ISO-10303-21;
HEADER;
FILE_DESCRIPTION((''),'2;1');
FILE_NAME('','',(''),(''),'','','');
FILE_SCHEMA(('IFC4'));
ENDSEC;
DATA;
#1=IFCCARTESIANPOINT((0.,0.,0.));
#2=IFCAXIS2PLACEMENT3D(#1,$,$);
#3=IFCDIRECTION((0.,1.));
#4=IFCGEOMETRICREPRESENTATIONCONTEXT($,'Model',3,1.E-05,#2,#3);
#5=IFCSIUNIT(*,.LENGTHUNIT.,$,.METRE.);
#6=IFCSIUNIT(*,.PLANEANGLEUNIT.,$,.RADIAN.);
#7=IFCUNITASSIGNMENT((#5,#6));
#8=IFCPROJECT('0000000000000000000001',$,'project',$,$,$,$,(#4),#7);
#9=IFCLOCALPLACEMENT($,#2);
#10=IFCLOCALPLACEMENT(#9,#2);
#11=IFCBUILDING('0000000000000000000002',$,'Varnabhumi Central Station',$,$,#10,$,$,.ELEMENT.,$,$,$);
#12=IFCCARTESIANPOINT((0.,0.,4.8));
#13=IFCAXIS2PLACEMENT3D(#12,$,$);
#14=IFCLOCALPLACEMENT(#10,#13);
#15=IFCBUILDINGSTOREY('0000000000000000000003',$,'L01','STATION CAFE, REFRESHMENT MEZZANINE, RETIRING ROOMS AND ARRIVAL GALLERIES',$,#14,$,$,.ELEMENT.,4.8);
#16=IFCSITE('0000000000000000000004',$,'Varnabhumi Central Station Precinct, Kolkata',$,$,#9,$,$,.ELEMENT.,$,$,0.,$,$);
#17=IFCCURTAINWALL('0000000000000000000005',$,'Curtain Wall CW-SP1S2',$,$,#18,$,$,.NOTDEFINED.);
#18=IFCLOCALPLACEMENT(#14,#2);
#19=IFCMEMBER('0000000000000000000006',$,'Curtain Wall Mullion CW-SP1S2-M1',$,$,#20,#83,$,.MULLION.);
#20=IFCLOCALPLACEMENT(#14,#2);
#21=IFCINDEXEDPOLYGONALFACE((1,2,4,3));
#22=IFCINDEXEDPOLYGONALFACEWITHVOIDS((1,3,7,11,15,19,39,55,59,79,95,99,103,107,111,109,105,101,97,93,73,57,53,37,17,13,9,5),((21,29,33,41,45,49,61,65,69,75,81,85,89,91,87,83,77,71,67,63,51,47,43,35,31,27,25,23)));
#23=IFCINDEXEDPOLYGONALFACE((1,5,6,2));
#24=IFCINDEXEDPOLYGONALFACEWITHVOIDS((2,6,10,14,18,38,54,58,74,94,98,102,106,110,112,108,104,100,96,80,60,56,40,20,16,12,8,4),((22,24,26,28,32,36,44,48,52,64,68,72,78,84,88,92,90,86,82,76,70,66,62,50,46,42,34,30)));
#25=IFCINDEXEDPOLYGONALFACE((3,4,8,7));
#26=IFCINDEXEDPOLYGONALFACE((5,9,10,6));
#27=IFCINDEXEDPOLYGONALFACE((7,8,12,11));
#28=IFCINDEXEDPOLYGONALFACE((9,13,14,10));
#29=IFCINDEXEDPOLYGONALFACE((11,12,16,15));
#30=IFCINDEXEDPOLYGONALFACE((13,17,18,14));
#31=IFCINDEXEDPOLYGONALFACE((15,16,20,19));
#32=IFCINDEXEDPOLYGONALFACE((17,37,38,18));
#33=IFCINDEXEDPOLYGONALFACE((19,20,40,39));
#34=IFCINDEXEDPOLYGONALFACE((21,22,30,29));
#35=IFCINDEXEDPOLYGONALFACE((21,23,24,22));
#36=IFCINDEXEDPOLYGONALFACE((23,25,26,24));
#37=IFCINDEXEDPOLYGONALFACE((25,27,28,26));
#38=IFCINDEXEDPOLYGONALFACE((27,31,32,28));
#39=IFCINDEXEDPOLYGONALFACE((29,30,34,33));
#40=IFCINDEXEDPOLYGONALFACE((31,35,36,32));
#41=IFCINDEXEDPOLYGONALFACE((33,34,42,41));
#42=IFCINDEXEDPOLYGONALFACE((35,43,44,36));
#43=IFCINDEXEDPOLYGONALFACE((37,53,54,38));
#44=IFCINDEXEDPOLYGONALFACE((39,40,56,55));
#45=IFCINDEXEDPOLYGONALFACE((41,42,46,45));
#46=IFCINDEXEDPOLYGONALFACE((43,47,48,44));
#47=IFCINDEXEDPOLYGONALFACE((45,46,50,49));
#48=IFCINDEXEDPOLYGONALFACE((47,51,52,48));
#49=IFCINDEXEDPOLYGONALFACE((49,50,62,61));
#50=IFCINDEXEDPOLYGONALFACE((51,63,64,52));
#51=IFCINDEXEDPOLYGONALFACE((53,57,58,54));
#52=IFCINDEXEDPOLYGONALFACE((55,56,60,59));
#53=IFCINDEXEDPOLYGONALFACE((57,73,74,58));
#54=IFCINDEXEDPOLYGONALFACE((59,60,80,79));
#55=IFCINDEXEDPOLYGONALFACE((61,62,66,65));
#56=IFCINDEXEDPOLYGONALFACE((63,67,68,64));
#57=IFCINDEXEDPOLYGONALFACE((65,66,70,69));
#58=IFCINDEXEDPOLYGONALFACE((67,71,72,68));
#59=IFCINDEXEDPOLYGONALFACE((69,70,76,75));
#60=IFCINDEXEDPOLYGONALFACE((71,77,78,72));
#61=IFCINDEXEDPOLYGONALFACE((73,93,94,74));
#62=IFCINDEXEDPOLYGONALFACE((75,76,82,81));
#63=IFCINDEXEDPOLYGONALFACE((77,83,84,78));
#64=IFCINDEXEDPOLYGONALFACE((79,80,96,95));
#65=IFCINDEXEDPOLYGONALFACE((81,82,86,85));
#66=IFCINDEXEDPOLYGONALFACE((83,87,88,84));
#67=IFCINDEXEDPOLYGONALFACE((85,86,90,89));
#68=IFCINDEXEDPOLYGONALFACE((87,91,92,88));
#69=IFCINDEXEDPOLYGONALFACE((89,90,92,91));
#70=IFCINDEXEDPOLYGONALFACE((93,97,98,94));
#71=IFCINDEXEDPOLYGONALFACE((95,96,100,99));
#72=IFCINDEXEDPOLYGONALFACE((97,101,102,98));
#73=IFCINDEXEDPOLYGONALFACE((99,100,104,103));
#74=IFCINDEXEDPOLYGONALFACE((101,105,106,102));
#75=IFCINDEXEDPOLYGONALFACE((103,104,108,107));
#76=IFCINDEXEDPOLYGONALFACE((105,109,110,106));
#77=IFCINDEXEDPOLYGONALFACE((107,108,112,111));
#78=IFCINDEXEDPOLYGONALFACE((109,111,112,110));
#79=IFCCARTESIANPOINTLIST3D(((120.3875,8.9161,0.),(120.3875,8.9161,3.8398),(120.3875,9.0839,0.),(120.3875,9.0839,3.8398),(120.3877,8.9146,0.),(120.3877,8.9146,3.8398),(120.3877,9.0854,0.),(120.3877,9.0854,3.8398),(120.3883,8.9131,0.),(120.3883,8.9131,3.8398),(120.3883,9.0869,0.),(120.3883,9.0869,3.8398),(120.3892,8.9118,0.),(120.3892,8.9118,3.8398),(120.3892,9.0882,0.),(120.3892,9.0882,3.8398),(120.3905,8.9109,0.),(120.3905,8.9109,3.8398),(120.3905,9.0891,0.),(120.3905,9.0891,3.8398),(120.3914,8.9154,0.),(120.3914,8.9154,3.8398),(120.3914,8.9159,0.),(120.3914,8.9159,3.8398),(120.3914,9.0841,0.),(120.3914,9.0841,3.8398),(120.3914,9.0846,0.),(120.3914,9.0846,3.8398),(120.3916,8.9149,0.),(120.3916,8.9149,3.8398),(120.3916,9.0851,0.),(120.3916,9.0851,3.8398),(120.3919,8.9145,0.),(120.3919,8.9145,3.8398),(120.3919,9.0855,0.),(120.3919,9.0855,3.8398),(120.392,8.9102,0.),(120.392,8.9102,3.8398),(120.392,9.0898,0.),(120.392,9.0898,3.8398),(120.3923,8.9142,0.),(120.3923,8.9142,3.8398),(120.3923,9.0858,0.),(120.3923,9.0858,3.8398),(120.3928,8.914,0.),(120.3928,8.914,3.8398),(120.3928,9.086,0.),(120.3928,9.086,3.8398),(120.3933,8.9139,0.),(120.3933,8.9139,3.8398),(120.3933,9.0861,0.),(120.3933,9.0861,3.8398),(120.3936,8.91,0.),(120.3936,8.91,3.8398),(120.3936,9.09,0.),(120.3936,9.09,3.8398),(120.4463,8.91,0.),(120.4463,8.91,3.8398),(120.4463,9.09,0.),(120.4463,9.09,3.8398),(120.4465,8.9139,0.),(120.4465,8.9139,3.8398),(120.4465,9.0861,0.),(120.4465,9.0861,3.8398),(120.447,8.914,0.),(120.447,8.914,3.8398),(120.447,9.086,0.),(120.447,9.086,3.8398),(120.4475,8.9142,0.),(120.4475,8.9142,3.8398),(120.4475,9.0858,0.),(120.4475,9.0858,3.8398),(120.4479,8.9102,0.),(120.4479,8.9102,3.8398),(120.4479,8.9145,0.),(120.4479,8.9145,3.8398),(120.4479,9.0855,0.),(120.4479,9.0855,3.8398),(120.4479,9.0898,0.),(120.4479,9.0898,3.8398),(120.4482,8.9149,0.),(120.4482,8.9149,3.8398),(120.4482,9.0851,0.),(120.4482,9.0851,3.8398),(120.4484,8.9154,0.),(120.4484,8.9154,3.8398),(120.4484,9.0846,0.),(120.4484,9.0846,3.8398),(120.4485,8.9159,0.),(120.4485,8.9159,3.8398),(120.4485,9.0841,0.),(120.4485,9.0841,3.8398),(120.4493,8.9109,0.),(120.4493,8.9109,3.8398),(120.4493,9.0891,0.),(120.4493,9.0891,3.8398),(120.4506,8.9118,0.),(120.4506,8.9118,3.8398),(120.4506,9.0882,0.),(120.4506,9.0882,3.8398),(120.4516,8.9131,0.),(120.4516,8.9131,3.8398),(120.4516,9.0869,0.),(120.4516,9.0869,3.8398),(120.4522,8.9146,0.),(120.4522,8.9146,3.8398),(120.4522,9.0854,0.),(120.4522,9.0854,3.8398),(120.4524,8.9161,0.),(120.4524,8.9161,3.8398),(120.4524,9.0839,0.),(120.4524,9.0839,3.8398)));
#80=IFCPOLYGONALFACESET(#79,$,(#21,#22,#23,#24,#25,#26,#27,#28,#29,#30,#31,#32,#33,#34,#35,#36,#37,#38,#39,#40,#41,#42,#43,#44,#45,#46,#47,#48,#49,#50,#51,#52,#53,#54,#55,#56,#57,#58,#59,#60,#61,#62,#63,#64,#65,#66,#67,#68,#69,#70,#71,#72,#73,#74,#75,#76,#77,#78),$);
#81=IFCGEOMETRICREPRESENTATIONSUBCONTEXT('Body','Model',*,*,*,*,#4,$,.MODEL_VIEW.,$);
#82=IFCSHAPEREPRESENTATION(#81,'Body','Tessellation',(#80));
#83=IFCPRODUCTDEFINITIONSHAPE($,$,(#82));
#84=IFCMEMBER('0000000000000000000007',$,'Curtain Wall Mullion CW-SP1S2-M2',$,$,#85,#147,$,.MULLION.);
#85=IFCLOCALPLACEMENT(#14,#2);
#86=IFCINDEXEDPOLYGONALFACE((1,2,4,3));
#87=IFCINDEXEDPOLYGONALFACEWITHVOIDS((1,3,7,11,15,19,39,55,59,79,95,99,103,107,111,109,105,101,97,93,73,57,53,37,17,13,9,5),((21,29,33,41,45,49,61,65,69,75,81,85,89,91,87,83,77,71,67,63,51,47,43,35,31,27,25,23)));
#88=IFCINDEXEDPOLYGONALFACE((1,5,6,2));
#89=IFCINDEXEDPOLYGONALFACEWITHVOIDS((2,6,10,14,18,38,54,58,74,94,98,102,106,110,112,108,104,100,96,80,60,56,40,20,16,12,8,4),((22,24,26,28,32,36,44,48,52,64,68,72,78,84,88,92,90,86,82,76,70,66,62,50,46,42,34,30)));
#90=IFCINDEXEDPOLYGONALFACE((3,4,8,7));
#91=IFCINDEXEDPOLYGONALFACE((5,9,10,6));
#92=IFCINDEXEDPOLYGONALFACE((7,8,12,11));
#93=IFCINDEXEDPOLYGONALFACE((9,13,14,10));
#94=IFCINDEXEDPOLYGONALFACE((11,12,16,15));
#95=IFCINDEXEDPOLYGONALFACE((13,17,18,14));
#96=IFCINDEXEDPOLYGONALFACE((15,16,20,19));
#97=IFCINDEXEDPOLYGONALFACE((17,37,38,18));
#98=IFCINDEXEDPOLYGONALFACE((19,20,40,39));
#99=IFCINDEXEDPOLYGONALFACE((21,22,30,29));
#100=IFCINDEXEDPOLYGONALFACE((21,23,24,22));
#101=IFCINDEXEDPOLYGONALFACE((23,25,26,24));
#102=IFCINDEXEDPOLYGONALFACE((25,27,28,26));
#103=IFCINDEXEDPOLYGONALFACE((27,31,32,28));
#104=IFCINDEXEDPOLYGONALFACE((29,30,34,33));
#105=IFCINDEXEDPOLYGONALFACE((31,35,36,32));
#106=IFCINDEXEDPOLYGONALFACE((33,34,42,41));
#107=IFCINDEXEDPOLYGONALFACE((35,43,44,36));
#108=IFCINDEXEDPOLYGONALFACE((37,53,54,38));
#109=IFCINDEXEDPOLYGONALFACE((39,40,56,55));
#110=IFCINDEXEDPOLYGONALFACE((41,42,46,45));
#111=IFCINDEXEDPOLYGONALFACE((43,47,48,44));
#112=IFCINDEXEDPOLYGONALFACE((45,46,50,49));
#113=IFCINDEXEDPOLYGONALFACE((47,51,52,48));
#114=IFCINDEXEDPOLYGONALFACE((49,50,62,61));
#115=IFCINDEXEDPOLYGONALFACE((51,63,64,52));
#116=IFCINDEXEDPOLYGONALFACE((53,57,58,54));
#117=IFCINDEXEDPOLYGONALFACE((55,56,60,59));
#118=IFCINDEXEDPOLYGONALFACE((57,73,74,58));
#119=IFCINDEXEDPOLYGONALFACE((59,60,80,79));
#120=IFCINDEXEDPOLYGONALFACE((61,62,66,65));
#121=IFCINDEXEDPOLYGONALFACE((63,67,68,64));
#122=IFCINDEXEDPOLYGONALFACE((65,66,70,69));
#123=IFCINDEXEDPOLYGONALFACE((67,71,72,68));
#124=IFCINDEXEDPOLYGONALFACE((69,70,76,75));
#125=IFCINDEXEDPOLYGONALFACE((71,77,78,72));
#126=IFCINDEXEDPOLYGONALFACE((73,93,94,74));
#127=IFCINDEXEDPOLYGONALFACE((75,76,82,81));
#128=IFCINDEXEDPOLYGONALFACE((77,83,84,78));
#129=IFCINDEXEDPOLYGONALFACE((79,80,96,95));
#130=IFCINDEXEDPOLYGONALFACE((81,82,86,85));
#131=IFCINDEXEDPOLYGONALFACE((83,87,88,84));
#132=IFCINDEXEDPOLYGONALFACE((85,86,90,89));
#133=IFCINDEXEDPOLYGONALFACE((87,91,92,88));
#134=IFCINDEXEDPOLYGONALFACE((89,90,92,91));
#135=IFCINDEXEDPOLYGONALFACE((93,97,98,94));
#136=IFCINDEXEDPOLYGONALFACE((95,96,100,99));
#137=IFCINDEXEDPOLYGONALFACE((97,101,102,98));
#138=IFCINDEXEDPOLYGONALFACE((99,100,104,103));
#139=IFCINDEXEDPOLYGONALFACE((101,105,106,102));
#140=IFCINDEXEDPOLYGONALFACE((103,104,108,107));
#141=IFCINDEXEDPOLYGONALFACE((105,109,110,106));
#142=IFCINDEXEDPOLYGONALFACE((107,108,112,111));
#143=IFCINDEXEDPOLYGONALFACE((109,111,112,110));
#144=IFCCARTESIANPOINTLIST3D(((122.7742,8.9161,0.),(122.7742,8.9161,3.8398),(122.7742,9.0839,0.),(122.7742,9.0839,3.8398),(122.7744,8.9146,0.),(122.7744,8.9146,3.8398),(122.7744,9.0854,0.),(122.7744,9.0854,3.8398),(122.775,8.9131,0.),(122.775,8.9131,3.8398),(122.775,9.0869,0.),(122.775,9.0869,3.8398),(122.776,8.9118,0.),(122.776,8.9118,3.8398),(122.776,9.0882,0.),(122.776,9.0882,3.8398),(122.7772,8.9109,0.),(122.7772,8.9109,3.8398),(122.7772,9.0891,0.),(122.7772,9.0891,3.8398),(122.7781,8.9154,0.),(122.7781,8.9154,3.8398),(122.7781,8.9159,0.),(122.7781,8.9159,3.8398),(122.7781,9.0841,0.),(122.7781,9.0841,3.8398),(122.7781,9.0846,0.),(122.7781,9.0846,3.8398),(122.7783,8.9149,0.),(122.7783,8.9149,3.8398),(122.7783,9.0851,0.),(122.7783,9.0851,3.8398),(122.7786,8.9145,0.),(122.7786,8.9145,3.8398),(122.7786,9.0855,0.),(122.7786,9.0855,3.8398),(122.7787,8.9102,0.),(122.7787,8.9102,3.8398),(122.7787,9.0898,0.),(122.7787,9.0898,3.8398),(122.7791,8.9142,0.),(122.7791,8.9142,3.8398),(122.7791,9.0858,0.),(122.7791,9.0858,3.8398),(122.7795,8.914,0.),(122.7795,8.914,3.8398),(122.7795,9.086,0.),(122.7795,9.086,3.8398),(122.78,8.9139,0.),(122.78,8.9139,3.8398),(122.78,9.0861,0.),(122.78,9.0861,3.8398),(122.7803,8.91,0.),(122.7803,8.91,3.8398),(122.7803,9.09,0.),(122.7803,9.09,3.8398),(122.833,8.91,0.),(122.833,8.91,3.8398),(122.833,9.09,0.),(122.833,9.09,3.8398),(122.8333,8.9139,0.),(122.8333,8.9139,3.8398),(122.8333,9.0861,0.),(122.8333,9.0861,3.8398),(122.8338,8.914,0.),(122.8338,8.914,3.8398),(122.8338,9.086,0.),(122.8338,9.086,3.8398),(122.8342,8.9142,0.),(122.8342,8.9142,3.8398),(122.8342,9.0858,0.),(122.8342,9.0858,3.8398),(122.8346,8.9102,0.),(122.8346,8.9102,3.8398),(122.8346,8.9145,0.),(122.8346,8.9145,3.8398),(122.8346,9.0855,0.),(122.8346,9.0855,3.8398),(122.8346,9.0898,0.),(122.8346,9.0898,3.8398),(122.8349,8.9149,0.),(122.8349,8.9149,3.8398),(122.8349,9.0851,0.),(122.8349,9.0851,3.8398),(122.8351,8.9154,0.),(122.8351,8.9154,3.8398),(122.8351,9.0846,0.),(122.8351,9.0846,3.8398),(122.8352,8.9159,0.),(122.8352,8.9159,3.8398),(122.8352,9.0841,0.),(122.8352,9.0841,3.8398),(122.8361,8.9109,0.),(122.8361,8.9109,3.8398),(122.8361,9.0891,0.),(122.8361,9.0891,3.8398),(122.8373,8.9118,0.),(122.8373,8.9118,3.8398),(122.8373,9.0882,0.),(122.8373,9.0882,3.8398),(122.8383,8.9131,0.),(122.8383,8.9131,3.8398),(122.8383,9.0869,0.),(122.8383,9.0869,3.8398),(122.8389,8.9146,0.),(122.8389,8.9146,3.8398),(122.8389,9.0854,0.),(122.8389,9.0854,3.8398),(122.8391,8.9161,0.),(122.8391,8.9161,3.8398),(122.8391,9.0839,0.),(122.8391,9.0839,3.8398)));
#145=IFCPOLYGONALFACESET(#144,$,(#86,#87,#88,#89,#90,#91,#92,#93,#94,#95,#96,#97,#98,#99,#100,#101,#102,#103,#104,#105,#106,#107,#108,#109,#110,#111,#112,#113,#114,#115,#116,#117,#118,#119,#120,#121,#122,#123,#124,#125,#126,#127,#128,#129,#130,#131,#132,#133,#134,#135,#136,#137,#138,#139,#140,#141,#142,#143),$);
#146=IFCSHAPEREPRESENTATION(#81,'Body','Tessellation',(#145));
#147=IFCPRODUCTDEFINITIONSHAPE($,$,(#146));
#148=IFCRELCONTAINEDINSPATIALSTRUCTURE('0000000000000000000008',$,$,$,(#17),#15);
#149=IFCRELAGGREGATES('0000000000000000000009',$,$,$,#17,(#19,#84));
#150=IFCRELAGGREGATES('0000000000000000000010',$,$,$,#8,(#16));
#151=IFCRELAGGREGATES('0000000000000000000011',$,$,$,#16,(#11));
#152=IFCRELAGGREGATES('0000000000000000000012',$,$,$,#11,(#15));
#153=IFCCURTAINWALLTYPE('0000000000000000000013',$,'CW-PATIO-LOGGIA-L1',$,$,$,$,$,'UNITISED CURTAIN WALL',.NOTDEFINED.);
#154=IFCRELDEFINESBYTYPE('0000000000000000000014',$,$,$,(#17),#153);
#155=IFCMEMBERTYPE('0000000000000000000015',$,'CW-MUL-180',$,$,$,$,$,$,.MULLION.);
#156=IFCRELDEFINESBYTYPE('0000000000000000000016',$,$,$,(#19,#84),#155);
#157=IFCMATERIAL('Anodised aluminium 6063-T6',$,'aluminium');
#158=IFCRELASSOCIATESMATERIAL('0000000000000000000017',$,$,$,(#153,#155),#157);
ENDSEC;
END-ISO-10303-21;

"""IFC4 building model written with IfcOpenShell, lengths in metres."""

from ifc_helpers import new_model, si_unit, direction, frame, origin, origin_2d, place, context, subcontext, project, spatial, hollow_rectangle, extrude, material, material_profile, profile_set, type_object, element, aggregate, save


model = new_model("IFC4")

# Units and contexts
model_context = context("Model", 3, precision=1e-05, world=origin(), true_north=direction((0.0, 1.0)))
body_context = subcontext(model_context, "Body", "Model", "MODEL_VIEW")
ifc_project = project(units=[si_unit("LENGTHUNIT", "METRE"), si_unit("PLANEANGLEUNIT", "RADIAN")], contexts=[model_context])

# Site, building, storey
site_placement = place(None, origin())
site = spatial("IfcSite", under=ifc_project, at=site_placement, Name="Varnabhumi Central Station Precinct, Kolkata", CompositionType="ELEMENT", RefElevation=0.0)
building_placement = place(site_placement, origin())
building = spatial("IfcBuilding", under=site, at=building_placement, Name="Varnabhumi Central Station", CompositionType="ELEMENT")
storey_placement = place(building_placement, frame((0.0, 0.0, 4.8)))
storey = spatial("IfcBuildingStorey", under=building, at=storey_placement, Name="L01", Description="STATION CAFE, REFRESHMENT MEZZANINE, RETIRING ROOMS AND ARRIVAL GALLERIES", CompositionType="ELEMENT", Elevation=4.8)

# Shared definitions
ifc_material_1 = material(Name="Anodised aluminium 6063-T6", Category="aluminium")
curtain_wall_type = type_object("IfcCurtainWallType", Name="CW-PATIO-LOGGIA-L1", ElementType="UNITISED CURTAIN WALL", PredefinedType="NOTDEFINED", material=ifc_material_1)
ifc_material_profile_1 = material_profile(ifc_material_1, hollow_rectangle(XDim=0.0649, YDim=0.1799, WallThickness=0.0039, InnerFilletRadius=0.002, OuterFilletRadius=0.0061, at=origin_2d()), Name="Anodised aluminium 6063-T6", Category="aluminium")
ifc_profile_set_1 = profile_set([ifc_material_profile_1], Name="Anodised aluminium 6063-T6")
member_type_1 = type_object("IfcMemberType", Name="CW-MUL-180", PredefinedType="MULLION", material=ifc_profile_set_1)

# Curtain wall, members
curtain_wall_1_placement = place(storey_placement, origin())
curtain_wall_1 = element("IfcCurtainWall", 1, at=curtain_wall_1_placement, inside=storey, type_object=curtain_wall_type, Name="Curtain Wall CW-SP1S2", PredefinedType="NOTDEFINED")
member_1_placement = place(storey_placement, frame((120.4199, 9.0, 0.0), z_axis=(0.0, 0.0, 1.0), x_axis=(1.0, 0.0, 0.0)))
member_1 = element("IfcMember", 2, at=member_1_placement, type_object=member_type_1, Name="Curtain Wall Mullion CW-SP1S2-M1", PredefinedType="MULLION", context=body_context, shape_type="SweptSolid", body=[
    extrude(hollow_rectangle(XDim=0.0649, YDim=0.1799, WallThickness=0.0039, InnerFilletRadius=0.002, OuterFilletRadius=0.0061, at=origin_2d()), origin(), (0.0, 0.0, 1.0), 3.8398),
])
member_2_placement = place(storey_placement, frame((122.8066, 9.0, 0.0), z_axis=(0.0, 0.0, 1.0), x_axis=(1.0, 0.0, 0.0)))
member_2 = element("IfcMember", 3, at=member_2_placement, type_object=member_type_1, Name="Curtain Wall Mullion CW-SP1S2-M2", PredefinedType="MULLION", context=body_context, shape_type="SweptSolid", body=[
    extrude(hollow_rectangle(XDim=0.0649, YDim=0.1799, WallThickness=0.0039, InnerFilletRadius=0.002, OuterFilletRadius=0.0061, at=origin_2d()), origin(), (0.0, 0.0, 1.0), 3.8398),
])

aggregate(curtain_wall_1, [member_1, member_2])

save(model, "model.ifc")
